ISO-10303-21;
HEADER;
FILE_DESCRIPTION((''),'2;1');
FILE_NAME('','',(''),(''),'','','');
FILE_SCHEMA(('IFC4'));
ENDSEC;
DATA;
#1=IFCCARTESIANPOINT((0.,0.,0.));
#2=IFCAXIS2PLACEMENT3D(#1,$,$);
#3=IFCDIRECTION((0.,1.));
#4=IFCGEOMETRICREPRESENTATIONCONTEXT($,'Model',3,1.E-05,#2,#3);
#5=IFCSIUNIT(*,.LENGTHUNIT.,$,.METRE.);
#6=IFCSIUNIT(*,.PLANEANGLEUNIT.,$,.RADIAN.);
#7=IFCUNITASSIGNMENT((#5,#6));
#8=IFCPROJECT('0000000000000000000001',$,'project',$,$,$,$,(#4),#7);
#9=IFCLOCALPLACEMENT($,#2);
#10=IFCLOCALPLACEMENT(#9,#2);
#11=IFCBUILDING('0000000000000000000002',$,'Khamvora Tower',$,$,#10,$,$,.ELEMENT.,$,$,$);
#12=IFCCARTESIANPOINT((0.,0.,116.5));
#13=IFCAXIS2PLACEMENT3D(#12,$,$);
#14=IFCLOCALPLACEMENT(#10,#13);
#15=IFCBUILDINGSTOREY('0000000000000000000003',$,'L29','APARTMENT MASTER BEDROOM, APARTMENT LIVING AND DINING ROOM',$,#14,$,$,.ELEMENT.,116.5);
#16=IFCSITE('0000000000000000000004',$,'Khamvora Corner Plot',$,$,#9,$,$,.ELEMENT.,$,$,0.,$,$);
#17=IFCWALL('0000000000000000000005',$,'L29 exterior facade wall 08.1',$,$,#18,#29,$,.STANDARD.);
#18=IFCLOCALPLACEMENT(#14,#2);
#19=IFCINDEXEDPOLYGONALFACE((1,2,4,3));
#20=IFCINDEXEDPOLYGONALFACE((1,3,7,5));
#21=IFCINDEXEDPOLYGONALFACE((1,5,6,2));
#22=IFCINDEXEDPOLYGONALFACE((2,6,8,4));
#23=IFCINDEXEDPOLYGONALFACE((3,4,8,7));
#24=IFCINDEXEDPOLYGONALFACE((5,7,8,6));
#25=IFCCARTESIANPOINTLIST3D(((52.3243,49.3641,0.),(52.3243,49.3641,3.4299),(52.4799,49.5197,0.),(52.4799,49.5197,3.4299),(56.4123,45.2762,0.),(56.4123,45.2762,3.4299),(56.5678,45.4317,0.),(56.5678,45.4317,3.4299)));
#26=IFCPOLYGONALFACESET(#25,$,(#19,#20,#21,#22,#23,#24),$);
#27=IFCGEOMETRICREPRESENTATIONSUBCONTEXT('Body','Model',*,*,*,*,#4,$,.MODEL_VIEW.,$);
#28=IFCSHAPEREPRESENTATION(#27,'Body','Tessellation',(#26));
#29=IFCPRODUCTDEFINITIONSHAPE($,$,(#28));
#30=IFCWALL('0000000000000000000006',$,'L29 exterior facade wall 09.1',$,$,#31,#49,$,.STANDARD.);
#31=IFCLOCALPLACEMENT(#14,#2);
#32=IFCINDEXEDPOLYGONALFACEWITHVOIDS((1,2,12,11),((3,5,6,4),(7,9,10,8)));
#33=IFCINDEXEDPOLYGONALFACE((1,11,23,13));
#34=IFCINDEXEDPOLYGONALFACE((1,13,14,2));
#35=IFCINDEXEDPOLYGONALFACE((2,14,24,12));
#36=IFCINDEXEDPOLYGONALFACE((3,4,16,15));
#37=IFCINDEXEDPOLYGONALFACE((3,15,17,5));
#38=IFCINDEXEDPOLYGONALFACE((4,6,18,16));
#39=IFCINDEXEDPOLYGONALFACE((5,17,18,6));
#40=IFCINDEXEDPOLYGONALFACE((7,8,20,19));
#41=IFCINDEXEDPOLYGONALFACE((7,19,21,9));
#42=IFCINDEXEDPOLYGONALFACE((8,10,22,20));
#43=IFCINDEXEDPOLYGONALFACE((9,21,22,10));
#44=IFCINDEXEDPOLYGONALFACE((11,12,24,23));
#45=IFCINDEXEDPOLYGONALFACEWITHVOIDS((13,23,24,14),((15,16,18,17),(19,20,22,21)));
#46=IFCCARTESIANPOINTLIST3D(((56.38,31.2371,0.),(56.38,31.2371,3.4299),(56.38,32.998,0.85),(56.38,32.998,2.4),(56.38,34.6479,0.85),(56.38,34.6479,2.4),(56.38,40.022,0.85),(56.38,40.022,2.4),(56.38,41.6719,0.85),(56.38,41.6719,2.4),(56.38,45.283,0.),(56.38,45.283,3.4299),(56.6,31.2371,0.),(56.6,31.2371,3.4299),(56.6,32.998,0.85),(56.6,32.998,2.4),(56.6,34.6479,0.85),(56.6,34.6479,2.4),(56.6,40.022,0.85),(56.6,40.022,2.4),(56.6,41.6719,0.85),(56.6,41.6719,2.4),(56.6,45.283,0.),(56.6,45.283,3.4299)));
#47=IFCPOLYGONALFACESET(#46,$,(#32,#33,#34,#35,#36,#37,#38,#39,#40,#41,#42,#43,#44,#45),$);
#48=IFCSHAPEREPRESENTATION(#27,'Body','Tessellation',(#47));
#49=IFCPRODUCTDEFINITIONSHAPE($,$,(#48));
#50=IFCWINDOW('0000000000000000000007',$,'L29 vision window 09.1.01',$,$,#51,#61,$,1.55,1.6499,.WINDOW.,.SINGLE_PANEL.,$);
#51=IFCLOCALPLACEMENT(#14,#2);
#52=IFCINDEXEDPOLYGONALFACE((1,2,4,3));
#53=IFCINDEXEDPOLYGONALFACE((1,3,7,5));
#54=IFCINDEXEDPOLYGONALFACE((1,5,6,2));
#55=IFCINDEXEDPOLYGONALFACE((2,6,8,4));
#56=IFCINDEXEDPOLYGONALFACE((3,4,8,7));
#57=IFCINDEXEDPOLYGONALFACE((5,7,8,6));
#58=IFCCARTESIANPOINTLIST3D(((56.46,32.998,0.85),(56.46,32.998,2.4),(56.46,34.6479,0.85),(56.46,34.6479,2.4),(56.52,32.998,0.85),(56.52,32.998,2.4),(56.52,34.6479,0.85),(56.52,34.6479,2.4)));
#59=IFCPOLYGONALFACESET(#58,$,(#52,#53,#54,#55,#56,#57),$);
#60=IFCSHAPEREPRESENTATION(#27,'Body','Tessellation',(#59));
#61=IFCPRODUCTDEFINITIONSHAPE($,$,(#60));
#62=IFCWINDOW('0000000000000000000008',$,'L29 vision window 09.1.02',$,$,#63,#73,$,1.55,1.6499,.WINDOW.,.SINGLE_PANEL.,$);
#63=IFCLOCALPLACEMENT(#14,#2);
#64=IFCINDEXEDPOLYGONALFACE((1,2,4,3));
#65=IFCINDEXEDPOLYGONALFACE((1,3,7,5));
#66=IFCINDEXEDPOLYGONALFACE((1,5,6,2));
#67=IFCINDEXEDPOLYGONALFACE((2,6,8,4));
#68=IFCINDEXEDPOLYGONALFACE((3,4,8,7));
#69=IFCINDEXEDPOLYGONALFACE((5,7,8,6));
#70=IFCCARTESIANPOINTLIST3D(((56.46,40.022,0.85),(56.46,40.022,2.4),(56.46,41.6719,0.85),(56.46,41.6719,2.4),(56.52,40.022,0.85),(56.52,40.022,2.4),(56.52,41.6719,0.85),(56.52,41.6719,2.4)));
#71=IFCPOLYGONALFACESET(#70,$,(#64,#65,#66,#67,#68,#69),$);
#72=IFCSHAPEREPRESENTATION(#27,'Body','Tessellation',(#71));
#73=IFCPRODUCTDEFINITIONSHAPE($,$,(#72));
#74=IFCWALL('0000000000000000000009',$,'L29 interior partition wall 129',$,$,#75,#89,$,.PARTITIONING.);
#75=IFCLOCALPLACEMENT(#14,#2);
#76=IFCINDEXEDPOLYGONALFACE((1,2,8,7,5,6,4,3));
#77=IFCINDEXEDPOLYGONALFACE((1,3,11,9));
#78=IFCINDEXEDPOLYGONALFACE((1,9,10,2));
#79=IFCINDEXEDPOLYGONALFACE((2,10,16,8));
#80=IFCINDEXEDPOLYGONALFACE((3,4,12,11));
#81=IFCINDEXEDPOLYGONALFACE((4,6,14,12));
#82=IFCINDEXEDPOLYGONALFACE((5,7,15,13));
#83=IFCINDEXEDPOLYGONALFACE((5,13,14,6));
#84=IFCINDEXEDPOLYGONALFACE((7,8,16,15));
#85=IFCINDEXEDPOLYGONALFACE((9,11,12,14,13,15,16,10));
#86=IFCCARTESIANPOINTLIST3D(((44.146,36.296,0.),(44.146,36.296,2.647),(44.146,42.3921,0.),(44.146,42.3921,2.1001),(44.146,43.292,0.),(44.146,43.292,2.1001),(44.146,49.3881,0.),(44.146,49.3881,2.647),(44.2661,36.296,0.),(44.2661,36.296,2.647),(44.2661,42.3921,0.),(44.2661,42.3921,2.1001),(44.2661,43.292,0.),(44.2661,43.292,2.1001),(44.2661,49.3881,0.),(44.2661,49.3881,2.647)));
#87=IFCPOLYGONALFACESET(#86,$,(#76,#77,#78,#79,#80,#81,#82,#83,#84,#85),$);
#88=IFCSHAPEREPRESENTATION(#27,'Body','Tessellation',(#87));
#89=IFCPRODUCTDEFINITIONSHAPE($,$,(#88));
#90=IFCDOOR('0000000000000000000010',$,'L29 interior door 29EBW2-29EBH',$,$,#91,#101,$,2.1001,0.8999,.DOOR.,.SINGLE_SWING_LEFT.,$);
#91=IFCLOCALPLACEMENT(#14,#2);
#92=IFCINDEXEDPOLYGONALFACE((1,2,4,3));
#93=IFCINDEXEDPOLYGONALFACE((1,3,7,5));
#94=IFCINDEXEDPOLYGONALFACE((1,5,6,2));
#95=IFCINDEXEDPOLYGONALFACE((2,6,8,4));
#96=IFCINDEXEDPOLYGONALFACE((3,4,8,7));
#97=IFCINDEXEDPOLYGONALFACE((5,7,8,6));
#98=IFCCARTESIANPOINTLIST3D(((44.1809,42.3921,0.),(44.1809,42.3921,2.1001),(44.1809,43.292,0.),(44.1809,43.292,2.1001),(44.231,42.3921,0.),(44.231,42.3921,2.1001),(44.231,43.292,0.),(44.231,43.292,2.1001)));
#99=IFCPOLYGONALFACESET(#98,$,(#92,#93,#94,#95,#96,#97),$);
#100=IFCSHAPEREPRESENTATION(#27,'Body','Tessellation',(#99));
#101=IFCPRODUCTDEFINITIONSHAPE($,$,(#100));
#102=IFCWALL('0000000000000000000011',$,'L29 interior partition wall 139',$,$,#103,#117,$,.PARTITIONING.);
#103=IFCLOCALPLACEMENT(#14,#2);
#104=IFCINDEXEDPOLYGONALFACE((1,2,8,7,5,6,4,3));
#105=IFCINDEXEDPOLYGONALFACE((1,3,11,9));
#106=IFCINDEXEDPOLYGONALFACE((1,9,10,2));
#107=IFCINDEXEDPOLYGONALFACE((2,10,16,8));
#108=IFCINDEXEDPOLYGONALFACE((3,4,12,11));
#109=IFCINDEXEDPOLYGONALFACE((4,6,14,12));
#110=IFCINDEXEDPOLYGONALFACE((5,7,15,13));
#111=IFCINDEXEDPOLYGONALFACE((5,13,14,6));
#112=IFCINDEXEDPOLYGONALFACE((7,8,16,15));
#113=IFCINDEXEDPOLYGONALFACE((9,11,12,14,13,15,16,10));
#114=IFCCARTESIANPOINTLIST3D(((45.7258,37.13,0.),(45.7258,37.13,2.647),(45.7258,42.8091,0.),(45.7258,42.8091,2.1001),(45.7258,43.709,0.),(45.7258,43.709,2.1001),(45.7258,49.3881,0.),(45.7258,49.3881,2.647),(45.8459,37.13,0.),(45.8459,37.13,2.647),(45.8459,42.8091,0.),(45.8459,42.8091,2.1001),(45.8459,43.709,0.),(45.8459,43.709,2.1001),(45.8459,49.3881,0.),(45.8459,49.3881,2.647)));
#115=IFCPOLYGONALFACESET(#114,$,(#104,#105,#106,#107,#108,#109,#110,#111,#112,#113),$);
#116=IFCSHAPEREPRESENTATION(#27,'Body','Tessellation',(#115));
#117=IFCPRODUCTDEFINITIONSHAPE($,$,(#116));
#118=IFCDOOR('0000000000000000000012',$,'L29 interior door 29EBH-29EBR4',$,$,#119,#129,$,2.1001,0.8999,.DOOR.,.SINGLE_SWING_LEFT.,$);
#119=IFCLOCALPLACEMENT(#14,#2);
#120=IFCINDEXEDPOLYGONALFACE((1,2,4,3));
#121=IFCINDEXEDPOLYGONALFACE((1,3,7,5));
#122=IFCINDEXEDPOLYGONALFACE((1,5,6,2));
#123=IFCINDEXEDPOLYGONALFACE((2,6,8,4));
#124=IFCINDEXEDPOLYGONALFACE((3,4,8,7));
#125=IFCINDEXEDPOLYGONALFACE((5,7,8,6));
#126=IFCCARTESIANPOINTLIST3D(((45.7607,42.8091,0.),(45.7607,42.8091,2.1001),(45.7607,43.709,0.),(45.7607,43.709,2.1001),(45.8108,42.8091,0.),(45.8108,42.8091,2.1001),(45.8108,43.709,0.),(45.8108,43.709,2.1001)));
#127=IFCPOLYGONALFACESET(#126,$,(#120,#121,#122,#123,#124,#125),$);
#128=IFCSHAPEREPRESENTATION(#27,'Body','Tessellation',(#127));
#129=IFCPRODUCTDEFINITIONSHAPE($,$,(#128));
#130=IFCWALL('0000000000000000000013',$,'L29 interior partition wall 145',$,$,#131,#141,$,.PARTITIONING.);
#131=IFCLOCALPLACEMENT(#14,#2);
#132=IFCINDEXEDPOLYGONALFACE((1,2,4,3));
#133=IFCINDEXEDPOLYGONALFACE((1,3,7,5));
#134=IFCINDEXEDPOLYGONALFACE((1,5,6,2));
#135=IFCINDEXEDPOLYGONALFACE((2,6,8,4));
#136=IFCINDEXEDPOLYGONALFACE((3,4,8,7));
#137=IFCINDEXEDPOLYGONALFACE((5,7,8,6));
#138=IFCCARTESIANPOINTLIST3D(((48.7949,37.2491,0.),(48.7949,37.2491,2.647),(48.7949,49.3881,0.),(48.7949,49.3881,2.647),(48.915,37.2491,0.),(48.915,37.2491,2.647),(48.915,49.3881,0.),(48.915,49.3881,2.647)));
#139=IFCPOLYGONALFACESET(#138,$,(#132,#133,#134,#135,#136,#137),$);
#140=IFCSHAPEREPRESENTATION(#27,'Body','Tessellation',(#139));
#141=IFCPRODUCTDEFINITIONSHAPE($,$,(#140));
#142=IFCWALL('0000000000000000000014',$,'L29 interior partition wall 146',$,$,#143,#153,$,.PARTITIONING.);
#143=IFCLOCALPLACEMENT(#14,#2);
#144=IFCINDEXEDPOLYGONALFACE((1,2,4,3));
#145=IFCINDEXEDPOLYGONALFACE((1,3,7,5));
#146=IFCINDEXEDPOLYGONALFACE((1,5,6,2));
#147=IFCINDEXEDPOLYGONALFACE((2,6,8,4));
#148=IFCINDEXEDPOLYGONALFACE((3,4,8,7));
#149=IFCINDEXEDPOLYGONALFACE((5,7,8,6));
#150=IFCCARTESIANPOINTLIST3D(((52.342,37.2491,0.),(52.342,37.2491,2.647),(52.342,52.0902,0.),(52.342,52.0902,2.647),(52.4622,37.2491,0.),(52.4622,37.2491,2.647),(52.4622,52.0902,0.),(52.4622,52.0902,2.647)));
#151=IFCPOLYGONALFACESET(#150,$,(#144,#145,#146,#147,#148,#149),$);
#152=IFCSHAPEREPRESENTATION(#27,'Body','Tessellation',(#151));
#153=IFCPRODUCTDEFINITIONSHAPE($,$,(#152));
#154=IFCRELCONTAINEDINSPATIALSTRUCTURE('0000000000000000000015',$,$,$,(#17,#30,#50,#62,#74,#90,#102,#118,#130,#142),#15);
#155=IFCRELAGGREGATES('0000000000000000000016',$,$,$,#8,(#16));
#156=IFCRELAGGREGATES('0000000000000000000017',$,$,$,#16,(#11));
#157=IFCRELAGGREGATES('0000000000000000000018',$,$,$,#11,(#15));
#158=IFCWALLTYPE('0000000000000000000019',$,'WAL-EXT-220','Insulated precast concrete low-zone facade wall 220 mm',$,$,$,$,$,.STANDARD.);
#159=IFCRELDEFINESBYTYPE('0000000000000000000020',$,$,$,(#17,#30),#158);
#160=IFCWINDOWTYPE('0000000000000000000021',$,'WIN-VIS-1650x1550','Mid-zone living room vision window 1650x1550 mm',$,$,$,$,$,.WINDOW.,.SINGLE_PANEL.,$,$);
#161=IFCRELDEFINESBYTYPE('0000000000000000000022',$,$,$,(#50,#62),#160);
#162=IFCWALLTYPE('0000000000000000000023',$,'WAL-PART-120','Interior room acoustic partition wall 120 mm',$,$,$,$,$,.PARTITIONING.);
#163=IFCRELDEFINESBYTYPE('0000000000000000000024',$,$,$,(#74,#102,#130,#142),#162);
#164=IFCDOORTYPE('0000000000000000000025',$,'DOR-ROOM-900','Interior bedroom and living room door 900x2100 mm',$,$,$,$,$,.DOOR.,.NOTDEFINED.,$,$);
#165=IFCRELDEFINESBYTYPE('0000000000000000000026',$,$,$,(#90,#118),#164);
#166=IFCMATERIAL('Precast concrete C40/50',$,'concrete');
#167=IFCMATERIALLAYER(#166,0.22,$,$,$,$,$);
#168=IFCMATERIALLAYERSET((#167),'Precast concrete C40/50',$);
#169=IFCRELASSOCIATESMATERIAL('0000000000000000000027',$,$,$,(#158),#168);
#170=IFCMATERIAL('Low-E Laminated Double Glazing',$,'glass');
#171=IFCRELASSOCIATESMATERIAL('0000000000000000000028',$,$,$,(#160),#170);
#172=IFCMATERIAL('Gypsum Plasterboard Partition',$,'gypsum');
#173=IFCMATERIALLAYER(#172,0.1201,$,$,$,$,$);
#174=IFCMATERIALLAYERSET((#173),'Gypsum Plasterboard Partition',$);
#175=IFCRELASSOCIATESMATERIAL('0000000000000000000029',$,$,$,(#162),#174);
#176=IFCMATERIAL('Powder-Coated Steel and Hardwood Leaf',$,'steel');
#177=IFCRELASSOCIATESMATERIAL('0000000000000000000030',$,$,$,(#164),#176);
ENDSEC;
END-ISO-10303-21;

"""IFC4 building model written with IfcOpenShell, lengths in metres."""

from ifc_helpers import new_model, si_unit, direction, frame, frame_2d, origin, place, context, subcontext, project, spatial, rectangle, extrude, material, layer, layer_set, type_object, element, fill, save


model = new_model("IFC4")

# Units and contexts
model_context = context("Model", 3, precision=1e-05, world=origin(), true_north=direction((0.0, 1.0)))
body_context = subcontext(model_context, "Body", "Model", "MODEL_VIEW")
ifc_project = project(units=[si_unit("LENGTHUNIT", "METRE"), si_unit("PLANEANGLEUNIT", "RADIAN")], contexts=[model_context])

# Site, building, storey
site_placement = place(None, origin())
site = spatial("IfcSite", under=ifc_project, at=site_placement, Name="Khamvora Corner Plot", CompositionType="ELEMENT", RefElevation=0.0)
building_placement = place(site_placement, origin())
building = spatial("IfcBuilding", under=site, at=building_placement, Name="Khamvora Tower", CompositionType="ELEMENT")
storey_placement = place(building_placement, frame((0.0, 0.0, 116.5)))
storey = spatial("IfcBuildingStorey", under=building, at=storey_placement, Name="L29", Description="APARTMENT MASTER BEDROOM, APARTMENT LIVING AND DINING ROOM", CompositionType="ELEMENT", Elevation=116.5)

# Wall
ifc_material_1 = material(Name="Precast concrete C40/50", Category="concrete")
ifc_layer_1 = layer(ifc_material_1, 0.22)
ifc_layer_set_1 = layer_set([ifc_layer_1], Name="Precast concrete C40/50")
wall_type_1 = type_object("IfcWallType", Name="WAL-EXT-220", Description="Insulated precast concrete low-zone facade wall 220 mm", PredefinedType="STANDARD", material=ifc_layer_set_1)
wall_1_placement = place(storey_placement, frame((52.4021, 49.4419, 0.0), z_axis=(0.0, 0.0, 1.0), x_axis=(0.707107, -0.707107, 0.0)))
element("IfcWall", 1, at=wall_1_placement, inside=storey, type_object=wall_type_1, Name="L29 exterior facade wall 08.1", PredefinedType="STANDARD", context=body_context, shape_type="SweptSolid", body=[
    extrude(rectangle(XDim=5.7812, YDim=0.22, at=frame_2d((2.8906, 0.0))), origin(), (0.0, 0.0, 1.0), 3.4299),
])

# Wall, openings, windows
wall_2_placement = place(storey_placement, frame((56.49, 45.283, 0.0), z_axis=(0.0, 0.0, 1.0), x_axis=(0.0, -1.0, 0.0)))
wall_2 = element("IfcWall", 2, at=wall_2_placement, inside=storey, type_object=wall_type_1, Name="L29 exterior facade wall 09.1", PredefinedType="STANDARD", context=body_context, shape_type="SweptSolid", body=[
    extrude(rectangle(XDim=14.0459, YDim=0.22, at=frame_2d((7.0229, 0.0))), origin(), (0.0, 0.0, 1.0), 3.4299),
])
opening_1_placement = place(wall_2_placement, frame((10.635, 0.0, 0.8501)))
opening_1 = element("IfcOpeningElement", 3, at=opening_1_placement, cuts=wall_2, PredefinedType="OPENING", context=body_context, shape_type="SweptSolid", body=[
    extrude(rectangle(XDim=1.6499, YDim=1.55, at=frame_2d((0.825, 0.7749))), frame((0.0, 0.1199, 0.0), z_axis=(0.0, -1.0, 0.0), x_axis=(1.0, 0.0, 0.0)), (0.0, 0.0, 1.0), 0.24),
])
opening_2_placement = place(wall_2_placement, frame((3.6111, 0.0, 0.8501)))
opening_2 = element("IfcOpeningElement", 4, at=opening_2_placement, cuts=wall_2, PredefinedType="OPENING", context=body_context, shape_type="SweptSolid", body=[
    extrude(rectangle(XDim=1.6499, YDim=1.55, at=frame_2d((0.825, 0.7749))), frame((0.0, 0.1199, 0.0), z_axis=(0.0, -1.0, 0.0), x_axis=(1.0, 0.0, 0.0)), (0.0, 0.0, 1.0), 0.24),
])
ifc_material_2 = material(Name="Low-E Laminated Double Glazing", Category="glass")
window_type = type_object("IfcWindowType", Name="WIN-VIS-1650x1550", Description="Mid-zone living room vision window 1650x1550 mm", PartitioningType="SINGLE_PANEL", PredefinedType="WINDOW", material=ifc_material_2)
window_1_placement = place(opening_1_placement, origin())
window_1 = element("IfcWindow", 5, at=window_1_placement, inside=storey, type_object=window_type, Name="L29 vision window 09.1.01", OverallHeight=1.55, OverallWidth=1.6499, PartitioningType="SINGLE_PANEL", PredefinedType="WINDOW", context=body_context, shape_type="SweptSolid", body=[
    extrude(rectangle(XDim=1.6499, YDim=1.55, at=frame_2d((0.825, 0.7749))), frame((0.0, 0.03, 0.0), z_axis=(0.0, -1.0, 0.0), x_axis=(1.0, 0.0, 0.0)), (0.0, 0.0, 1.0), 0.0601),
])
fill(opening_1, window_1)
window_2_placement = place(opening_2_placement, origin())
window_2 = element("IfcWindow", 6, at=window_2_placement, inside=storey, type_object=window_type, Name="L29 vision window 09.1.02", OverallHeight=1.55, OverallWidth=1.6499, PartitioningType="SINGLE_PANEL", PredefinedType="WINDOW", context=body_context, shape_type="SweptSolid", body=[
    extrude(rectangle(XDim=1.6499, YDim=1.55, at=frame_2d((0.825, 0.7749))), frame((0.0, 0.03, 0.0), z_axis=(0.0, -1.0, 0.0), x_axis=(1.0, 0.0, 0.0)), (0.0, 0.0, 1.0), 0.0601),
])
fill(opening_2, window_2)

# Walls, openings, doors
ifc_material_3 = material(Name="Gypsum Plasterboard Partition", Category="gypsum")
ifc_layer_2 = layer(ifc_material_3, 0.1201)
ifc_layer_set_2 = layer_set([ifc_layer_2], Name="Gypsum Plasterboard Partition")
wall_type_2 = type_object("IfcWallType", Name="WAL-PART-120", Description="Interior room acoustic partition wall 120 mm", PredefinedType="PARTITIONING", material=ifc_layer_set_2)
wall_3_placement = place(storey_placement, frame((44.2061, 49.3879, 0.0), z_axis=(0.0, 0.0, 1.0), x_axis=(0.0, -1.0, 0.0)))
wall_3 = element("IfcWall", 7, at=wall_3_placement, inside=storey, type_object=wall_type_2, Name="L29 interior partition wall 129", PredefinedType="PARTITIONING", context=body_context, shape_type="SweptSolid", body=[
    extrude(rectangle(XDim=13.092, YDim=0.1201, at=frame_2d((6.5459, 0.0))), origin(), (0.0, 0.0, 1.0), 2.647),
])
opening_3_placement = place(wall_3_placement, frame((6.0959, 0.0, 0.0)))
opening_3 = element("IfcOpeningElement", 8, at=opening_3_placement, cuts=wall_3, PredefinedType="OPENING", context=body_context, shape_type="SweptSolid", body=[
    extrude(rectangle(XDim=0.8999, YDim=2.1001, at=frame_2d((0.45, 1.05))), frame((0.0, 0.0701, 0.0), z_axis=(0.0, -1.0, 0.0), x_axis=(1.0, 0.0, 0.0)), (0.0, 0.0, 1.0), 0.1401),
])
ifc_material_4 = material(Name="Powder-Coated Steel and Hardwood Leaf", Category="steel")
door_type_1 = type_object("IfcDoorType", Name="DOR-ROOM-900", Description="Interior bedroom and living room door 900x2100 mm", OperationType="NOTDEFINED", PredefinedType="DOOR", material=ifc_material_4)
door_1_placement = place(opening_3_placement, origin())
door_1 = element("IfcDoor", 9, at=door_1_placement, inside=storey, type_object=door_type_1, Name="L29 interior door 29EBW2-29EBH", OperationType="SINGLE_SWING_LEFT", OverallHeight=2.1001, OverallWidth=0.8999, PredefinedType="DOOR", context=body_context, shape_type="SweptSolid", body=[
    extrude(rectangle(XDim=0.8999, YDim=2.1001, at=frame_2d((0.45, 1.05))), frame((0.0, 0.0249, 0.0), z_axis=(0.0, -1.0, 0.0), x_axis=(1.0, 0.0, 0.0)), (0.0, 0.0, 1.0), 0.05),
])
fill(opening_3, door_1)
wall_4_placement = place(storey_placement, frame((45.7859, 49.3879, 0.0), z_axis=(0.0, 0.0, 1.0), x_axis=(0.0, -1.0, 0.0)))
wall_4 = element("IfcWall", 10, at=wall_4_placement, inside=storey, type_object=wall_type_2, Name="L29 interior partition wall 139", PredefinedType="PARTITIONING", context=body_context, shape_type="SweptSolid", body=[
    extrude(rectangle(XDim=12.2581, YDim=0.1201, at=frame_2d((6.1289, 0.0))), origin(), (0.0, 0.0, 1.0), 2.647),
])
opening_4_placement = place(wall_4_placement, frame((5.679, 0.0, 0.0)))
opening_4 = element("IfcOpeningElement", 11, at=opening_4_placement, cuts=wall_4, PredefinedType="OPENING", context=body_context, shape_type="SweptSolid", body=[
    extrude(rectangle(XDim=0.8999, YDim=2.1001, at=frame_2d((0.45, 1.05))), frame((0.0, 0.0701, 0.0), z_axis=(0.0, -1.0, 0.0), x_axis=(1.0, 0.0, 0.0)), (0.0, 0.0, 1.0), 0.1401),
])
door_2_placement = place(opening_4_placement, origin())
door_2 = element("IfcDoor", 12, at=door_2_placement, inside=storey, type_object=door_type_1, Name="L29 interior door 29EBH-29EBR4", OperationType="SINGLE_SWING_LEFT", OverallHeight=2.1001, OverallWidth=0.8999, PredefinedType="DOOR", context=body_context, shape_type="SweptSolid", body=[
    extrude(rectangle(XDim=0.8999, YDim=2.1001, at=frame_2d((0.45, 1.05))), frame((0.0, 0.0249, 0.0), z_axis=(0.0, -1.0, 0.0), x_axis=(1.0, 0.0, 0.0)), (0.0, 0.0, 1.0), 0.05),
])
fill(opening_4, door_2)

# Walls
wall_5_placement = place(storey_placement, frame((48.855, 49.3879, 0.0), z_axis=(0.0, 0.0, 1.0), x_axis=(0.0, -1.0, 0.0)))
element("IfcWall", 13, at=wall_5_placement, inside=storey, type_object=wall_type_2, Name="L29 interior partition wall 145", PredefinedType="PARTITIONING", context=body_context, shape_type="SweptSolid", body=[
    extrude(rectangle(XDim=12.1389, YDim=0.1201, at=frame_2d((6.0693, 0.0))), origin(), (0.0, 0.0, 1.0), 2.647),
])
wall_6_placement = place(storey_placement, frame((52.4021, 52.0901, 0.0), z_axis=(0.0, 0.0, 1.0), x_axis=(0.0, -1.0, 0.0)))
element("IfcWall", 14, at=wall_6_placement, inside=storey, type_object=wall_type_2, Name="L29 interior partition wall 146", PredefinedType="PARTITIONING", context=body_context, shape_type="SweptSolid", body=[
    extrude(rectangle(XDim=14.8411, YDim=0.1201, at=frame_2d((7.4204, 0.0))), origin(), (0.0, 0.0, 1.0), 2.647),
])

save(model, "model.ifc")
